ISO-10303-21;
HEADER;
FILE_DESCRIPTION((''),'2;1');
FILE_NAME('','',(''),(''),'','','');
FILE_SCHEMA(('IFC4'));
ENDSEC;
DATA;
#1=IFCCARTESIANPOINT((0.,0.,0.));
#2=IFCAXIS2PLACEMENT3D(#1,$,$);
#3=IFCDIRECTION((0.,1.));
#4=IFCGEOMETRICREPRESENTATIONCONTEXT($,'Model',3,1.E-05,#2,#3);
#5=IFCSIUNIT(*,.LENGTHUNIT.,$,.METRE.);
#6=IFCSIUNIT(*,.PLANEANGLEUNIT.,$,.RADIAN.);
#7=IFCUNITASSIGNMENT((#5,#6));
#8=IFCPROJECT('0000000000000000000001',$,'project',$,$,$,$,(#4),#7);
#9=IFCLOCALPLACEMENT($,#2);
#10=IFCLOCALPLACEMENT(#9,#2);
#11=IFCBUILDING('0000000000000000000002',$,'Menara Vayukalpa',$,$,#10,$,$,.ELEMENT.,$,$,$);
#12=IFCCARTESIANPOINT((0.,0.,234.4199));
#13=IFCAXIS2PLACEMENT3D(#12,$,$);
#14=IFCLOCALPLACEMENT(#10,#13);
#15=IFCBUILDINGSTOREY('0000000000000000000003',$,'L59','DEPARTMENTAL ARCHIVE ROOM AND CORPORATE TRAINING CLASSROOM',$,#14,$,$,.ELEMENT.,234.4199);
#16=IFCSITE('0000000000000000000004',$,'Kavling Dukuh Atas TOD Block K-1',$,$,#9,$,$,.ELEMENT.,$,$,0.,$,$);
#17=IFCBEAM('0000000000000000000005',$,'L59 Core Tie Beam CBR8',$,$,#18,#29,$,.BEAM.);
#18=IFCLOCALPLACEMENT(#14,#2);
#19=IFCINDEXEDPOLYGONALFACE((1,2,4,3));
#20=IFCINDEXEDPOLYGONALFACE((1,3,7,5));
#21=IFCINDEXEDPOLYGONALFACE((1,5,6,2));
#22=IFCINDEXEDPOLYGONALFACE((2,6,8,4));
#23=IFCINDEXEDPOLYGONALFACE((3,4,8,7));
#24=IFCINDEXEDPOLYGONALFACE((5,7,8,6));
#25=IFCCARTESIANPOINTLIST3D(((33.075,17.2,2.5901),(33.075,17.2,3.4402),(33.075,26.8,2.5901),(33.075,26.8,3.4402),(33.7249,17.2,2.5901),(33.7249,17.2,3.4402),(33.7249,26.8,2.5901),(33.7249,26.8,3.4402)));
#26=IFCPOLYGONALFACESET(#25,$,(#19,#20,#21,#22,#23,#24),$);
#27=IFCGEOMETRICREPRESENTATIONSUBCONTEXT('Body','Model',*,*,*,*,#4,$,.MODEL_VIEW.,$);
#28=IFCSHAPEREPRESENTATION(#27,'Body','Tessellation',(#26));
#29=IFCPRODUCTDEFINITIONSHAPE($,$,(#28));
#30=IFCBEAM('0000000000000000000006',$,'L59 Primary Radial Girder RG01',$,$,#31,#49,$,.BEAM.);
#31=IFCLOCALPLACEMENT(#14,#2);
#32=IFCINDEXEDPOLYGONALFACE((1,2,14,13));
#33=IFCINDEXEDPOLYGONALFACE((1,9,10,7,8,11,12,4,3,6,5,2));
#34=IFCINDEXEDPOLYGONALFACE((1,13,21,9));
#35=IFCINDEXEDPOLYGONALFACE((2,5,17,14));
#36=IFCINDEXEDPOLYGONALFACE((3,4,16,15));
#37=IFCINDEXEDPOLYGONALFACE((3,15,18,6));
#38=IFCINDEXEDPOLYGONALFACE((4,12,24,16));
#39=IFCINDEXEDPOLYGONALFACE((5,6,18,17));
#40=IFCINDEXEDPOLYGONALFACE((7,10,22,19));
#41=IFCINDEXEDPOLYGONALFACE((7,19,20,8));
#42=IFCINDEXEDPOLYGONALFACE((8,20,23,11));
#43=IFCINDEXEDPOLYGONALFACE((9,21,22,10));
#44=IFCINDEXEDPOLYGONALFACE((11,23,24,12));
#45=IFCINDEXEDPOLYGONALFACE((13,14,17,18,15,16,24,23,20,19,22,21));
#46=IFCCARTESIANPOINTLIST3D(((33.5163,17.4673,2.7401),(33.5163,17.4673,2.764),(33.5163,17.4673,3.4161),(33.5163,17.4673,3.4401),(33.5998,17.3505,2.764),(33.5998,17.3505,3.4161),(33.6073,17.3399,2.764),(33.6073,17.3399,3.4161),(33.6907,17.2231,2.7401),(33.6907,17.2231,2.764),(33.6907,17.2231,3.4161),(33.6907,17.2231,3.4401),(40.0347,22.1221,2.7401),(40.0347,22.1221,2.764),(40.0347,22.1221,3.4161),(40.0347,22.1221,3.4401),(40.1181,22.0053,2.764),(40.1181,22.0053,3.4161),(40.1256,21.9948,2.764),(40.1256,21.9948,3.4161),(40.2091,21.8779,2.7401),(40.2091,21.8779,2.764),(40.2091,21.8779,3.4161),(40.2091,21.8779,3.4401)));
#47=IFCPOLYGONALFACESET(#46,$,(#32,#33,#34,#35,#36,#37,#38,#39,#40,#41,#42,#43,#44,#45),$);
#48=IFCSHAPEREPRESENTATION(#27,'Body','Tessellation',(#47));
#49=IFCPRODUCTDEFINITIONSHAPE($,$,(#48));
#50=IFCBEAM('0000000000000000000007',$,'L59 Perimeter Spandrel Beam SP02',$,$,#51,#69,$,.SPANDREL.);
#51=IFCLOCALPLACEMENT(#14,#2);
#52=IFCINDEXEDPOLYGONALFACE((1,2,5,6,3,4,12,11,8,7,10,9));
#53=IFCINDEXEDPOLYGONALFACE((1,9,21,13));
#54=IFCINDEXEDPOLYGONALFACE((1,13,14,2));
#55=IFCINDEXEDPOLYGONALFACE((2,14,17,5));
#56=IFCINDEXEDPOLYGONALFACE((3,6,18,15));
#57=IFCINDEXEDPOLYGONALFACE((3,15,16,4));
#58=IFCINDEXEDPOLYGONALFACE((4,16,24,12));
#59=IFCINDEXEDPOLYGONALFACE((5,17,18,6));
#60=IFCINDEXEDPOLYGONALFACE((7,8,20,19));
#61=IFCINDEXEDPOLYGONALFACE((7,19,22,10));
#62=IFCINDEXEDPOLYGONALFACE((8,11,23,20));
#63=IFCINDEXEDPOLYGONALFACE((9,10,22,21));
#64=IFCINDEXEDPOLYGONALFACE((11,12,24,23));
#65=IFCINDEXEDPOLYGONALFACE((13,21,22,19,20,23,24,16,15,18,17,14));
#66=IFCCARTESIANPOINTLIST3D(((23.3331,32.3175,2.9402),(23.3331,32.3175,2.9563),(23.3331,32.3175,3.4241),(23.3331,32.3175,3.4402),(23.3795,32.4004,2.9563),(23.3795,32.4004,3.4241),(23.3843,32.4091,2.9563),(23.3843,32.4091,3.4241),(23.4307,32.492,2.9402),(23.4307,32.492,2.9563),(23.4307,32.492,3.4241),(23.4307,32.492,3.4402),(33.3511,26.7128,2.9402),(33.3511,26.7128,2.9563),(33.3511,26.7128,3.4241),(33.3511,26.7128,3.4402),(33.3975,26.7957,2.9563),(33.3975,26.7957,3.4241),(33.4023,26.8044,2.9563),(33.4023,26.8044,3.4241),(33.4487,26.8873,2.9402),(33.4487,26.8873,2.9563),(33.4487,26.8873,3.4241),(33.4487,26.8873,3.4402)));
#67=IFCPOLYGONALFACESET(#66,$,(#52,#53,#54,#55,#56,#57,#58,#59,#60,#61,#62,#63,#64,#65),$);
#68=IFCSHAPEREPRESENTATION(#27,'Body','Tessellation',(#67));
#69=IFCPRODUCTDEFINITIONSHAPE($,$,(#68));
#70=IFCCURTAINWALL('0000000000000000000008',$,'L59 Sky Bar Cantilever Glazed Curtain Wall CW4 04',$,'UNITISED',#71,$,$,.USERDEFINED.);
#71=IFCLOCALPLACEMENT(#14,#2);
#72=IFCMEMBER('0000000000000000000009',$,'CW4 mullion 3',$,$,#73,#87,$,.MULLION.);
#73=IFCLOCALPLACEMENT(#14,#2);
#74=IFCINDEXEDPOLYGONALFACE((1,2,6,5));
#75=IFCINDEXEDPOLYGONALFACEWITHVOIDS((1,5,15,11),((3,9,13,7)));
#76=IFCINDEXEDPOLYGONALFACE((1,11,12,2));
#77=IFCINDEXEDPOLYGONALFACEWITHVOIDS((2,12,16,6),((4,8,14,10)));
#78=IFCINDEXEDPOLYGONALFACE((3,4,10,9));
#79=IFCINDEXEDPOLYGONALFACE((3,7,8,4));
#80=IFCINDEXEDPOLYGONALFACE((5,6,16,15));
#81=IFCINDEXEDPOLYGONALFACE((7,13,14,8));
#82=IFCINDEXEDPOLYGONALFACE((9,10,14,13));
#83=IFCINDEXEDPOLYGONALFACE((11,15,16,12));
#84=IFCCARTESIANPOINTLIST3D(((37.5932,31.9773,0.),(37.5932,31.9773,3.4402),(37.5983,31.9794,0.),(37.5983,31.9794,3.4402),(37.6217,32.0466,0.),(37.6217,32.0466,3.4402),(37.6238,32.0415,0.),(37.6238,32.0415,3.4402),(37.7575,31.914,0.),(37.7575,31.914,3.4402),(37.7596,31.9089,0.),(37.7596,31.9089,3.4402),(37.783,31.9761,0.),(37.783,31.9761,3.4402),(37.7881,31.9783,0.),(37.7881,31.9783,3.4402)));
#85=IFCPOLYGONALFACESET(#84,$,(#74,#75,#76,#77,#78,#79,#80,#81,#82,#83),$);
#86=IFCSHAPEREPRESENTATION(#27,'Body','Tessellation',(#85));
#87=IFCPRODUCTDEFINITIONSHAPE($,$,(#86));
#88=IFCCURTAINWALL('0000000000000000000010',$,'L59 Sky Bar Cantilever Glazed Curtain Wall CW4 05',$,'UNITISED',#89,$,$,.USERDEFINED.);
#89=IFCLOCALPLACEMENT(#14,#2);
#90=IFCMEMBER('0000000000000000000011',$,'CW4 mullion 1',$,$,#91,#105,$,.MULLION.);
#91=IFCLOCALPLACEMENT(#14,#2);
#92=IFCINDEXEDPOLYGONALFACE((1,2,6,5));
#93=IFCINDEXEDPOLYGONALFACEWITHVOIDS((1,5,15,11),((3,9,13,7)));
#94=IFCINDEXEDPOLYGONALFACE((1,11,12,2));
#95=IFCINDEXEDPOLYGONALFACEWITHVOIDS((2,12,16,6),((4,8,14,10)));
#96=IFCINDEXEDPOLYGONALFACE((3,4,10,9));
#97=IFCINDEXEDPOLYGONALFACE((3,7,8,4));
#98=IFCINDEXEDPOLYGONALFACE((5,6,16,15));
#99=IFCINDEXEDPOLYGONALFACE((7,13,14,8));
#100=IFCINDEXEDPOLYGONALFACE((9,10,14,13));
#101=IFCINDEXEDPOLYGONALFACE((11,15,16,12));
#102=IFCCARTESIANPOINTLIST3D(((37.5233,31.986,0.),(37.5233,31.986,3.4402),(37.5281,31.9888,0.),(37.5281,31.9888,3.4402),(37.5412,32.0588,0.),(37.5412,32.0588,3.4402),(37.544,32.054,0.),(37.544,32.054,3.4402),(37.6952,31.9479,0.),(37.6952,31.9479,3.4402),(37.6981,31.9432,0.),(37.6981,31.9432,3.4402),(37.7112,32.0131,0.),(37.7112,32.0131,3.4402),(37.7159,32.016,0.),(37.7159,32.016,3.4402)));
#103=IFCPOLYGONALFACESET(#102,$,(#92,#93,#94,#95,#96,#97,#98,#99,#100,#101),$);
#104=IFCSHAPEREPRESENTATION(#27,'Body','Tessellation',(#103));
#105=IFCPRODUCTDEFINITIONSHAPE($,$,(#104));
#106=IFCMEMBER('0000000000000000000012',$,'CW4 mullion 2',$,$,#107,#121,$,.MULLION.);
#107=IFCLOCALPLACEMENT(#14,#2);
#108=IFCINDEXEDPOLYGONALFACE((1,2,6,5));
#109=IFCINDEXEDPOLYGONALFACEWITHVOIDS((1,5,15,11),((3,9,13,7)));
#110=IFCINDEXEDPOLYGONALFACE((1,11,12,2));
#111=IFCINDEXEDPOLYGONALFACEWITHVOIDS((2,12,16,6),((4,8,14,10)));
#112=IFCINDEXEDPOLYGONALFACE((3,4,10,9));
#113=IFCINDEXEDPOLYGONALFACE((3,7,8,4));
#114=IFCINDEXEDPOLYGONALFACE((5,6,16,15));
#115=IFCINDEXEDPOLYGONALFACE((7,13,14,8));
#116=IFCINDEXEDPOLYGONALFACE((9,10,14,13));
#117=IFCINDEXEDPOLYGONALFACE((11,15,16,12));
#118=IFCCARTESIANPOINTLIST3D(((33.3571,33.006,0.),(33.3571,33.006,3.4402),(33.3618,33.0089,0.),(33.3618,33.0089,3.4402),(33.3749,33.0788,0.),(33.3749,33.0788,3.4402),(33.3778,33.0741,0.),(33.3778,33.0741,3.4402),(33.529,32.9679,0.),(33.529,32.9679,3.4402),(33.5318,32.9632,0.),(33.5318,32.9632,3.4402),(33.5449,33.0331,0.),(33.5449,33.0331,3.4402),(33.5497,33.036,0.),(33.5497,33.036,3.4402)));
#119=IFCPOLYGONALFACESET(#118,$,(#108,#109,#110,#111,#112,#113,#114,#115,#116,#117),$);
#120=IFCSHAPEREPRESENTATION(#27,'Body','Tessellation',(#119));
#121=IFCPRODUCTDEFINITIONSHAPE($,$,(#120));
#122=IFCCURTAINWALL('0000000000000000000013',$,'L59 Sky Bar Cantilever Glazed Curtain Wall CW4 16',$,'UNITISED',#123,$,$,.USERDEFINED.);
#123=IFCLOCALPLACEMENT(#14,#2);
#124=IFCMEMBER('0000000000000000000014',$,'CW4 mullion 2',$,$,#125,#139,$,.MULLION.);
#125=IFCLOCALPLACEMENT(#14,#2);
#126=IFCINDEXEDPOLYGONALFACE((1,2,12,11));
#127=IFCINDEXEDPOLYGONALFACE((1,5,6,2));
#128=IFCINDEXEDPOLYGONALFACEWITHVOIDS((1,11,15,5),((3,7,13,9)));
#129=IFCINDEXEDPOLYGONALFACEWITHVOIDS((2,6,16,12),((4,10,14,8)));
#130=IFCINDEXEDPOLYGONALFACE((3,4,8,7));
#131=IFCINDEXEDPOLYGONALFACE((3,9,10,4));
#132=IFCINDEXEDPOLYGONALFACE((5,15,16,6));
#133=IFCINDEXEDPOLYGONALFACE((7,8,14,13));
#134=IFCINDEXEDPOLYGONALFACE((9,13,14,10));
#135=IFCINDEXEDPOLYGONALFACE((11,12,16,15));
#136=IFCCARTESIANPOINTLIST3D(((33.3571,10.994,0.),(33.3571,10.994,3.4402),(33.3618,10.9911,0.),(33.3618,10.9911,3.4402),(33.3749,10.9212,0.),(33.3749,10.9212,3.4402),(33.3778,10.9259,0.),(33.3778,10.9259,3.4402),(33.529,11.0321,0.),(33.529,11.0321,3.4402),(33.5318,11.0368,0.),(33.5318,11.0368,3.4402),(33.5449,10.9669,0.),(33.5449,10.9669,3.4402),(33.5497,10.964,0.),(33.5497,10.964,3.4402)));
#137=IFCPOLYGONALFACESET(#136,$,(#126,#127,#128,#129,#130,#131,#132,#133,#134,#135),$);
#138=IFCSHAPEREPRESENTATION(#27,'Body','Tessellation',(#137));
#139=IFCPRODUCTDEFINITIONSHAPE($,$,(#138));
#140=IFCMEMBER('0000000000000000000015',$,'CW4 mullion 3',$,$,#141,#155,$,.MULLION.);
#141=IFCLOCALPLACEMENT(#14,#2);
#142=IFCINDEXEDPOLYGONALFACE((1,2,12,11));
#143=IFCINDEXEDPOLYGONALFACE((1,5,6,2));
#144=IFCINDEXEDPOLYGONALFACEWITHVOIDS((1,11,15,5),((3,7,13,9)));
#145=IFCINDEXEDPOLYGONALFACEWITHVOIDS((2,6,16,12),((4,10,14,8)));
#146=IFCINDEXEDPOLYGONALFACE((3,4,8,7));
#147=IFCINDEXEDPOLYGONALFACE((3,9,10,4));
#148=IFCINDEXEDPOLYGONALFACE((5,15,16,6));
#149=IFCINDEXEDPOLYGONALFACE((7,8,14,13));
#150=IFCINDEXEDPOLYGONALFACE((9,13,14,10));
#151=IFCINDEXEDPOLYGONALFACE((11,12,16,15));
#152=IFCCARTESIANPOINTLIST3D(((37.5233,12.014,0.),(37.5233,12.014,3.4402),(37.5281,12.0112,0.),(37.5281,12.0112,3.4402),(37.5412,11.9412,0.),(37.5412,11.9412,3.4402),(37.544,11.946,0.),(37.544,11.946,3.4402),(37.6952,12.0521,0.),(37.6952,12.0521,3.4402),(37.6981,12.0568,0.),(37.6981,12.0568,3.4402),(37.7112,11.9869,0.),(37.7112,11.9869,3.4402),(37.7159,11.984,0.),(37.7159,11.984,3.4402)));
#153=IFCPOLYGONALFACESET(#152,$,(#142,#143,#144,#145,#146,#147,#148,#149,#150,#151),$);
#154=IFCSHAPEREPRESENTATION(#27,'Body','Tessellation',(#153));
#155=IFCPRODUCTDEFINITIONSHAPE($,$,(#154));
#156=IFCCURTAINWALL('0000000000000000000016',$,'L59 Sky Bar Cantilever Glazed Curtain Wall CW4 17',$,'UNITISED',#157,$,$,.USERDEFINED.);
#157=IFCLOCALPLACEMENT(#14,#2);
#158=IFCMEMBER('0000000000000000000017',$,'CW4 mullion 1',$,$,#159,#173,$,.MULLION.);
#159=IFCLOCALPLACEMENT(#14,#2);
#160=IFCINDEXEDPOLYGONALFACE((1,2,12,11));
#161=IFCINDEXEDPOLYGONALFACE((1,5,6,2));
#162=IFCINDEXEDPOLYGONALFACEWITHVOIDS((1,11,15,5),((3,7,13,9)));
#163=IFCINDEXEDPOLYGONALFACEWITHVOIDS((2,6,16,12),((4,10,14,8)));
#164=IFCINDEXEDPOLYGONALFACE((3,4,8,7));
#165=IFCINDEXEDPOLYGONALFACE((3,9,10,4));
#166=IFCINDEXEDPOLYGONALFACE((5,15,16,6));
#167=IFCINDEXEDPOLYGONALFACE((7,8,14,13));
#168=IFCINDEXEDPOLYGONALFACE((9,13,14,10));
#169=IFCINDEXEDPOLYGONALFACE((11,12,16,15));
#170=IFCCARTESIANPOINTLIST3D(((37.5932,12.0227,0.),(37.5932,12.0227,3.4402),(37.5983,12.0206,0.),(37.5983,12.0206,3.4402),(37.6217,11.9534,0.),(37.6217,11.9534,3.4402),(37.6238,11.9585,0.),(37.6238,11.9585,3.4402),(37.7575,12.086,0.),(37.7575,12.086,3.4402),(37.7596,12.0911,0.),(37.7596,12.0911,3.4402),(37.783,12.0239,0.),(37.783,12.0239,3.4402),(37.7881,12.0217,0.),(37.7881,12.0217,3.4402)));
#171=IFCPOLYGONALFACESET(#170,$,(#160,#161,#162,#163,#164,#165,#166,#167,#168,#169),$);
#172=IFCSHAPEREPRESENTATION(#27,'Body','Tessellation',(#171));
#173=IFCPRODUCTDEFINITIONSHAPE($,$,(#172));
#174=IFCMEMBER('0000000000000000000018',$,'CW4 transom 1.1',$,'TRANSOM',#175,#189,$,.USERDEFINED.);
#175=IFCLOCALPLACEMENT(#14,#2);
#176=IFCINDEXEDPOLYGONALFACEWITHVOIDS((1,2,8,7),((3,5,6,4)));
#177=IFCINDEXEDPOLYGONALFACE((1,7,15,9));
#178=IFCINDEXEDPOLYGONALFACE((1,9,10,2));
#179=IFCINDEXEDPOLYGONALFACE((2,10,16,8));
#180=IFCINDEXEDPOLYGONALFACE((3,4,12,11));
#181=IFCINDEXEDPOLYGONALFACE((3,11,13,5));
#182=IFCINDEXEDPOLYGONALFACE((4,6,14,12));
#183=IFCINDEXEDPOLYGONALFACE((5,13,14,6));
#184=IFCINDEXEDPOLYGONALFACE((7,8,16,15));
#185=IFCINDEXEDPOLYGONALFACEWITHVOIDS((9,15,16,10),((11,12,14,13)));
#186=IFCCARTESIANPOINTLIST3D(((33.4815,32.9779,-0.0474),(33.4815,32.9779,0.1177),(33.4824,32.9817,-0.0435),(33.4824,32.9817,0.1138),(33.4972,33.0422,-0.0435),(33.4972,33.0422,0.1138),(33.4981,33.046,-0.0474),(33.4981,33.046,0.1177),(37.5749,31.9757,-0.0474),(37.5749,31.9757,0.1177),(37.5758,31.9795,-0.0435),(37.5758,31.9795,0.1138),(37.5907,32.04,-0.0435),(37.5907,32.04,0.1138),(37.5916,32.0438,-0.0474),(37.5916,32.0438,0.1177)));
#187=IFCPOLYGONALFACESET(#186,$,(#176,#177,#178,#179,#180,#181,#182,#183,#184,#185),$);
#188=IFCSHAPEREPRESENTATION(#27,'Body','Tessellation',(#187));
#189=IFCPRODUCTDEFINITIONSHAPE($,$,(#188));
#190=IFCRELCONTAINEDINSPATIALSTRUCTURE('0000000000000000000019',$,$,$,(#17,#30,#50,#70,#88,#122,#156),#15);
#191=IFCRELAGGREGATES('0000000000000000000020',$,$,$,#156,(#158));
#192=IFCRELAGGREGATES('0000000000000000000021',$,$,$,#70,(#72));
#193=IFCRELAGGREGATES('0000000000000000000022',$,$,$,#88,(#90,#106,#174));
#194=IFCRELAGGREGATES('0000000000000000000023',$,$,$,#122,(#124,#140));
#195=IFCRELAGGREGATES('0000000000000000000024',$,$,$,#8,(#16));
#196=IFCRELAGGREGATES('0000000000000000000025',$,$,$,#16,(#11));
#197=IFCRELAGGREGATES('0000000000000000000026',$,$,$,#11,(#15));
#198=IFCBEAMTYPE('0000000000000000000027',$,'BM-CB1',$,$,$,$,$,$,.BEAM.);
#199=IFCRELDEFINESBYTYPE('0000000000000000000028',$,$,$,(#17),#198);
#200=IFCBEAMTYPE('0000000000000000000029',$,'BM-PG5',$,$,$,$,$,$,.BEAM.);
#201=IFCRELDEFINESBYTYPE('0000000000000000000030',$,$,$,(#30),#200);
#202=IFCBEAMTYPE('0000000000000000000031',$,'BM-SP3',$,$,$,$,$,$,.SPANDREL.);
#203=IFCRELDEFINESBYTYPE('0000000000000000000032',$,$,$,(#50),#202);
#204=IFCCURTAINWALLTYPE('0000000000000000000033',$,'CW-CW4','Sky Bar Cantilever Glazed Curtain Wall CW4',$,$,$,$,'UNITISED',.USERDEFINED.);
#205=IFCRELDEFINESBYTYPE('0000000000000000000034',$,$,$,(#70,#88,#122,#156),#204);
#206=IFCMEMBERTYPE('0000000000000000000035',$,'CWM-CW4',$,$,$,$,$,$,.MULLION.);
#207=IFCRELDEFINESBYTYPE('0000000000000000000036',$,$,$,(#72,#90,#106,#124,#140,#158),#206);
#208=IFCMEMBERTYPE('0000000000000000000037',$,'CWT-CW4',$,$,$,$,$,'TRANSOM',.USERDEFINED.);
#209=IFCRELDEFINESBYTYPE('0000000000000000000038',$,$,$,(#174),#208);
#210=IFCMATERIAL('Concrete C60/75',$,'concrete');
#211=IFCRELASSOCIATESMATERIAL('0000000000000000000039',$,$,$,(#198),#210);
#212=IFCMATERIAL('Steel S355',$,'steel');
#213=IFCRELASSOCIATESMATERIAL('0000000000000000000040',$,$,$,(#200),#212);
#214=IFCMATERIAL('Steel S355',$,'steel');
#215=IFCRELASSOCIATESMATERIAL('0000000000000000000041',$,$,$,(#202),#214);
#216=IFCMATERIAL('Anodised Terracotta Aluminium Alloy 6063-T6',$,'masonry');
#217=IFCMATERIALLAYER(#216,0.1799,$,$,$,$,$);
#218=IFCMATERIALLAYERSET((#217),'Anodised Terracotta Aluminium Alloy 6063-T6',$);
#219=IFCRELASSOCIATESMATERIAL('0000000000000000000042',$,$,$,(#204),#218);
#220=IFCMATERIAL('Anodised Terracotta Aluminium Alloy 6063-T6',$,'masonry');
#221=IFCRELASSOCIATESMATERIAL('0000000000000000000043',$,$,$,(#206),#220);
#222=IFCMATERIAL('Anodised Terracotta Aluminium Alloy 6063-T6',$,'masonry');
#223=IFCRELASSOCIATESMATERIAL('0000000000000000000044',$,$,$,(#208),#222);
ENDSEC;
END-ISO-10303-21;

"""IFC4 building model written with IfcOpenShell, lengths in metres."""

from ifc_helpers import new_model, si_unit, direction, frame, origin, origin_2d, place, context, subcontext, project, spatial, rectangle, hollow_rectangle, i_section, extrude, material, layer, layer_set, material_profile, profile_set, type_object, element, aggregate, save


model = new_model("IFC4")

# Units and contexts
model_context = context("Model", 3, precision=1e-05, world=origin(), true_north=direction((0.0, 1.0)))
body_context = subcontext(model_context, "Body", "Model", "MODEL_VIEW")
ifc_project = project(units=[si_unit("LENGTHUNIT", "METRE"), si_unit("PLANEANGLEUNIT", "RADIAN")], contexts=[model_context])

# Site, building, storey
site_placement = place(None, origin())
site = spatial("IfcSite", under=ifc_project, at=site_placement, Name="Kavling Dukuh Atas TOD Block K-1", CompositionType="ELEMENT", RefElevation=0.0)
building_placement = place(site_placement, origin())
building = spatial("IfcBuilding", under=site, at=building_placement, Name="Menara Vayukalpa", CompositionType="ELEMENT")
storey_placement = place(building_placement, frame((0.0, 0.0, 234.4199)))
storey = spatial("IfcBuildingStorey", under=building, at=storey_placement, Name="L59", Description="DEPARTMENTAL ARCHIVE ROOM AND CORPORATE TRAINING CLASSROOM", CompositionType="ELEMENT", Elevation=234.4199)

# Beams
ifc_material_1 = material(Name="Concrete C60/75", Category="concrete")
ifc_material_profile_1 = material_profile(ifc_material_1, rectangle(XDim=0.6499, YDim=0.8501, at=origin_2d()), Name="RC 650x850")
ifc_profile_set_1 = profile_set([ifc_material_profile_1], Name="Concrete C60/75")
beam_type_1 = type_object("IfcBeamType", Name="BM-CB1", PredefinedType="BEAM", material=ifc_profile_set_1)
beam_1_placement = place(storey_placement, frame((33.3999, 17.2, 3.0151), z_axis=(0.0, 1.0, 0.0), x_axis=(-1.0, 0.0, 0.0)))
element("IfcBeam", 1, at=beam_1_placement, inside=storey, type_object=beam_type_1, Name="L59 Core Tie Beam CBR8", PredefinedType="BEAM", context=body_context, shape_type="SweptSolid", body=[
    extrude(rectangle(XDim=0.6499, YDim=0.8501, at=origin_2d()), origin(), (0.0, 0.0, 1.0), 9.6001),
])
ifc_material_2 = material(Name="Steel S355", Category="steel")
ifc_material_profile_2 = material_profile(ifc_material_2, i_section(OverallWidth=0.3, OverallDepth=0.7, WebThickness=0.0129, FlangeThickness=0.0239, at=origin_2d()), Name="WF 700x300x13x24")
ifc_profile_set_2 = profile_set([ifc_material_profile_2], Name="Steel S355")
beam_type_2 = type_object("IfcBeamType", Name="BM-PG5", PredefinedType="BEAM", material=ifc_profile_set_2)
beam_2_placement = place(storey_placement, frame((33.6035, 17.3452, 3.0901), z_axis=(0.813801, 0.581143, 0.0), x_axis=(-0.581143, 0.813801, 0.0)))
element("IfcBeam", 2, at=beam_2_placement, inside=storey, type_object=beam_type_2, Name="L59 Primary Radial Girder RG01", PredefinedType="BEAM", context=body_context, shape_type="SweptSolid", body=[
    extrude(i_section(OverallWidth=0.3, OverallDepth=0.7, WebThickness=0.0129, FlangeThickness=0.0239, at=origin_2d()), origin(), (0.0, 0.0, 1.0), 8.0098),
])
ifc_material_3 = material(Name="Steel S355", Category="steel")
ifc_material_profile_3 = material_profile(ifc_material_3, i_section(OverallWidth=0.2, OverallDepth=0.5, WebThickness=0.01, FlangeThickness=0.0161, at=origin_2d()), Name="WF 500x200x10x16")
ifc_profile_set_3 = profile_set([ifc_material_profile_3], Name="Steel S355")
beam_type_3 = type_object("IfcBeamType", Name="BM-SP3", PredefinedType="SPANDREL", material=ifc_profile_set_3)
beam_3_placement = place(storey_placement, frame((33.3999, 26.8, 3.1902), z_axis=(-0.872706, 0.488246, 0.0), x_axis=(-0.488246, -0.872706, 0.0)))
element("IfcBeam", 3, at=beam_3_placement, inside=storey, type_object=beam_type_3, Name="L59 Perimeter Spandrel Beam SP02", PredefinedType="SPANDREL", context=body_context, shape_type="SweptSolid", body=[
    extrude(i_section(OverallWidth=0.2, OverallDepth=0.5, WebThickness=0.01, FlangeThickness=0.0161, at=origin_2d()), origin(), (0.0, 0.0, 1.0), 11.4792),
])

# Curtain wall, member
ifc_material_4 = material(Name="Anodised Terracotta Aluminium Alloy 6063-T6", Category="masonry")
ifc_layer_1 = layer(ifc_material_4, 0.1799)
ifc_layer_set_1 = layer_set([ifc_layer_1], Name="Anodised Terracotta Aluminium Alloy 6063-T6")
curtain_wall_type = type_object("IfcCurtainWallType", Name="CW-CW4", Description="Sky Bar Cantilever Glazed Curtain Wall CW4", ElementType="UNITISED", PredefinedType="USERDEFINED", material=ifc_layer_set_1)
curtain_wall_1_placement = place(storey_placement, origin())
curtain_wall_1 = element("IfcCurtainWall", 4, at=curtain_wall_1_placement, inside=storey, type_object=curtain_wall_type, Name="L59 Sky Bar Cantilever Glazed Curtain Wall CW4 04", ObjectType="UNITISED", PredefinedType="USERDEFINED")
ifc_material_5 = material(Name="Anodised Terracotta Aluminium Alloy 6063-T6", Category="masonry")
ifc_material_profile_4 = material_profile(ifc_material_5, hollow_rectangle(XDim=0.075, YDim=0.1799, WallThickness=0.0039, at=origin_2d()), Name="ALU 75x180x4")
ifc_profile_set_4 = profile_set([ifc_material_profile_4], Name="Anodised Terracotta Aluminium Alloy 6063-T6")
member_type_1 = type_object("IfcMemberType", Name="CWM-CW4", PredefinedType="MULLION", material=ifc_profile_set_4)
member_1_placement = place(storey_placement, frame((37.6907, 31.9778, 0.0), z_axis=(0.0, 0.0, 1.0), x_axis=(-0.380039, -0.92497, 0.0)))
member_1 = element("IfcMember", 5, at=member_1_placement, type_object=member_type_1, Name="CW4 mullion 3", PredefinedType="MULLION", context=body_context, shape_type="SweptSolid", body=[
    extrude(hollow_rectangle(XDim=0.075, YDim=0.1799, WallThickness=0.0039, at=origin_2d()), origin(), (0.0, 0.0, 1.0), 3.4402),
])

# Curtain walls, members
curtain_wall_2_placement = place(storey_placement, origin())
curtain_wall_2 = element("IfcCurtainWall", 6, at=curtain_wall_2_placement, inside=storey, type_object=curtain_wall_type, Name="L59 Sky Bar Cantilever Glazed Curtain Wall CW4 05", ObjectType="UNITISED", PredefinedType="USERDEFINED")
member_2_placement = place(storey_placement, frame((37.6196, 32.001, 0.0), z_axis=(0.0, 0.0, 1.0), x_axis=(-0.23781, -0.971312, 0.0)))
member_2 = element("IfcMember", 7, at=member_2_placement, type_object=member_type_1, Name="CW4 mullion 1", PredefinedType="MULLION", context=body_context, shape_type="SweptSolid", body=[
    extrude(hollow_rectangle(XDim=0.075, YDim=0.1799, WallThickness=0.0039, at=origin_2d()), origin(), (0.0, 0.0, 1.0), 3.4402),
])
member_3_placement = place(storey_placement, frame((33.4534, 33.021, 0.0), z_axis=(0.0, 0.0, 1.0), x_axis=(-0.23781, -0.971312, 0.0)))
member_3 = element("IfcMember", 8, at=member_3_placement, type_object=member_type_1, Name="CW4 mullion 2", PredefinedType="MULLION", context=body_context, shape_type="SweptSolid", body=[
    extrude(hollow_rectangle(XDim=0.075, YDim=0.1799, WallThickness=0.0039, at=origin_2d()), origin(), (0.0, 0.0, 1.0), 3.4402),
])
curtain_wall_3_placement = place(storey_placement, origin())
curtain_wall_3 = element("IfcCurtainWall", 9, at=curtain_wall_3_placement, inside=storey, type_object=curtain_wall_type, Name="L59 Sky Bar Cantilever Glazed Curtain Wall CW4 16", ObjectType="UNITISED", PredefinedType="USERDEFINED")
member_4_placement = place(storey_placement, frame((33.4534, 10.979, 0.0), z_axis=(0.0, 0.0, 1.0), x_axis=(-0.23781, 0.971312, 0.0)))
member_4 = element("IfcMember", 10, at=member_4_placement, type_object=member_type_1, Name="CW4 mullion 2", PredefinedType="MULLION", context=body_context, shape_type="SweptSolid", body=[
    extrude(hollow_rectangle(XDim=0.075, YDim=0.1799, WallThickness=0.0039, at=origin_2d()), origin(), (0.0, 0.0, 1.0), 3.4402),
])
member_5_placement = place(storey_placement, frame((37.6196, 11.999, 0.0), z_axis=(0.0, 0.0, 1.0), x_axis=(-0.23781, 0.971312, 0.0)))
member_5 = element("IfcMember", 11, at=member_5_placement, type_object=member_type_1, Name="CW4 mullion 3", PredefinedType="MULLION", context=body_context, shape_type="SweptSolid", body=[
    extrude(hollow_rectangle(XDim=0.075, YDim=0.1799, WallThickness=0.0039, at=origin_2d()), origin(), (0.0, 0.0, 1.0), 3.4402),
])

# Curtain wall, member
curtain_wall_4_placement = place(storey_placement, origin())
curtain_wall_4 = element("IfcCurtainWall", 12, at=curtain_wall_4_placement, inside=storey, type_object=curtain_wall_type, Name="L59 Sky Bar Cantilever Glazed Curtain Wall CW4 17", ObjectType="UNITISED", PredefinedType="USERDEFINED")
member_6_placement = place(storey_placement, frame((37.6907, 12.0222, 0.0), z_axis=(0.0, 0.0, 1.0), x_axis=(-0.380039, 0.92497, 0.0)))
member_6 = element("IfcMember", 13, at=member_6_placement, type_object=member_type_1, Name="CW4 mullion 1", PredefinedType="MULLION", context=body_context, shape_type="SweptSolid", body=[
    extrude(hollow_rectangle(XDim=0.075, YDim=0.1799, WallThickness=0.0039, at=origin_2d()), origin(), (0.0, 0.0, 1.0), 3.4402),
])

# Member
ifc_material_6 = material(Name="Anodised Terracotta Aluminium Alloy 6063-T6", Category="masonry")
ifc_material_profile_5 = material_profile(ifc_material_6, hollow_rectangle(XDim=0.0701, YDim=0.165, WallThickness=0.0039, at=origin_2d()), Name="ALU 70x165x4")
ifc_profile_set_5 = profile_set([ifc_material_profile_5], Name="Anodised Terracotta Aluminium Alloy 6063-T6")
member_type_2 = type_object("IfcMemberType", Name="CWT-CW4", ElementType="TRANSOM", PredefinedType="USERDEFINED", material=ifc_profile_set_5)
member_7_placement = place(storey_placement, frame((37.5833, 32.0098, 0.0352), z_axis=(-0.971313, 0.237803, 0.0), x_axis=(-0.237803, -0.971313, 0.0)))
member_7 = element("IfcMember", 14, at=member_7_placement, type_object=member_type_2, Name="CW4 transom 1.1", ObjectType="TRANSOM", PredefinedType="USERDEFINED", context=body_context, shape_type="SweptSolid", body=[
    extrude(hollow_rectangle(XDim=0.0701, YDim=0.165, WallThickness=0.0039, at=origin_2d()), origin(), (0.0, 0.0, 1.0), 4.2144),
])
aggregate(curtain_wall_4, [member_6])

aggregate(curtain_wall_1, [member_1])
aggregate(curtain_wall_2, [member_2, member_3, member_7])
aggregate(curtain_wall_3, [member_4, member_5])

save(model, "model.ifc")
